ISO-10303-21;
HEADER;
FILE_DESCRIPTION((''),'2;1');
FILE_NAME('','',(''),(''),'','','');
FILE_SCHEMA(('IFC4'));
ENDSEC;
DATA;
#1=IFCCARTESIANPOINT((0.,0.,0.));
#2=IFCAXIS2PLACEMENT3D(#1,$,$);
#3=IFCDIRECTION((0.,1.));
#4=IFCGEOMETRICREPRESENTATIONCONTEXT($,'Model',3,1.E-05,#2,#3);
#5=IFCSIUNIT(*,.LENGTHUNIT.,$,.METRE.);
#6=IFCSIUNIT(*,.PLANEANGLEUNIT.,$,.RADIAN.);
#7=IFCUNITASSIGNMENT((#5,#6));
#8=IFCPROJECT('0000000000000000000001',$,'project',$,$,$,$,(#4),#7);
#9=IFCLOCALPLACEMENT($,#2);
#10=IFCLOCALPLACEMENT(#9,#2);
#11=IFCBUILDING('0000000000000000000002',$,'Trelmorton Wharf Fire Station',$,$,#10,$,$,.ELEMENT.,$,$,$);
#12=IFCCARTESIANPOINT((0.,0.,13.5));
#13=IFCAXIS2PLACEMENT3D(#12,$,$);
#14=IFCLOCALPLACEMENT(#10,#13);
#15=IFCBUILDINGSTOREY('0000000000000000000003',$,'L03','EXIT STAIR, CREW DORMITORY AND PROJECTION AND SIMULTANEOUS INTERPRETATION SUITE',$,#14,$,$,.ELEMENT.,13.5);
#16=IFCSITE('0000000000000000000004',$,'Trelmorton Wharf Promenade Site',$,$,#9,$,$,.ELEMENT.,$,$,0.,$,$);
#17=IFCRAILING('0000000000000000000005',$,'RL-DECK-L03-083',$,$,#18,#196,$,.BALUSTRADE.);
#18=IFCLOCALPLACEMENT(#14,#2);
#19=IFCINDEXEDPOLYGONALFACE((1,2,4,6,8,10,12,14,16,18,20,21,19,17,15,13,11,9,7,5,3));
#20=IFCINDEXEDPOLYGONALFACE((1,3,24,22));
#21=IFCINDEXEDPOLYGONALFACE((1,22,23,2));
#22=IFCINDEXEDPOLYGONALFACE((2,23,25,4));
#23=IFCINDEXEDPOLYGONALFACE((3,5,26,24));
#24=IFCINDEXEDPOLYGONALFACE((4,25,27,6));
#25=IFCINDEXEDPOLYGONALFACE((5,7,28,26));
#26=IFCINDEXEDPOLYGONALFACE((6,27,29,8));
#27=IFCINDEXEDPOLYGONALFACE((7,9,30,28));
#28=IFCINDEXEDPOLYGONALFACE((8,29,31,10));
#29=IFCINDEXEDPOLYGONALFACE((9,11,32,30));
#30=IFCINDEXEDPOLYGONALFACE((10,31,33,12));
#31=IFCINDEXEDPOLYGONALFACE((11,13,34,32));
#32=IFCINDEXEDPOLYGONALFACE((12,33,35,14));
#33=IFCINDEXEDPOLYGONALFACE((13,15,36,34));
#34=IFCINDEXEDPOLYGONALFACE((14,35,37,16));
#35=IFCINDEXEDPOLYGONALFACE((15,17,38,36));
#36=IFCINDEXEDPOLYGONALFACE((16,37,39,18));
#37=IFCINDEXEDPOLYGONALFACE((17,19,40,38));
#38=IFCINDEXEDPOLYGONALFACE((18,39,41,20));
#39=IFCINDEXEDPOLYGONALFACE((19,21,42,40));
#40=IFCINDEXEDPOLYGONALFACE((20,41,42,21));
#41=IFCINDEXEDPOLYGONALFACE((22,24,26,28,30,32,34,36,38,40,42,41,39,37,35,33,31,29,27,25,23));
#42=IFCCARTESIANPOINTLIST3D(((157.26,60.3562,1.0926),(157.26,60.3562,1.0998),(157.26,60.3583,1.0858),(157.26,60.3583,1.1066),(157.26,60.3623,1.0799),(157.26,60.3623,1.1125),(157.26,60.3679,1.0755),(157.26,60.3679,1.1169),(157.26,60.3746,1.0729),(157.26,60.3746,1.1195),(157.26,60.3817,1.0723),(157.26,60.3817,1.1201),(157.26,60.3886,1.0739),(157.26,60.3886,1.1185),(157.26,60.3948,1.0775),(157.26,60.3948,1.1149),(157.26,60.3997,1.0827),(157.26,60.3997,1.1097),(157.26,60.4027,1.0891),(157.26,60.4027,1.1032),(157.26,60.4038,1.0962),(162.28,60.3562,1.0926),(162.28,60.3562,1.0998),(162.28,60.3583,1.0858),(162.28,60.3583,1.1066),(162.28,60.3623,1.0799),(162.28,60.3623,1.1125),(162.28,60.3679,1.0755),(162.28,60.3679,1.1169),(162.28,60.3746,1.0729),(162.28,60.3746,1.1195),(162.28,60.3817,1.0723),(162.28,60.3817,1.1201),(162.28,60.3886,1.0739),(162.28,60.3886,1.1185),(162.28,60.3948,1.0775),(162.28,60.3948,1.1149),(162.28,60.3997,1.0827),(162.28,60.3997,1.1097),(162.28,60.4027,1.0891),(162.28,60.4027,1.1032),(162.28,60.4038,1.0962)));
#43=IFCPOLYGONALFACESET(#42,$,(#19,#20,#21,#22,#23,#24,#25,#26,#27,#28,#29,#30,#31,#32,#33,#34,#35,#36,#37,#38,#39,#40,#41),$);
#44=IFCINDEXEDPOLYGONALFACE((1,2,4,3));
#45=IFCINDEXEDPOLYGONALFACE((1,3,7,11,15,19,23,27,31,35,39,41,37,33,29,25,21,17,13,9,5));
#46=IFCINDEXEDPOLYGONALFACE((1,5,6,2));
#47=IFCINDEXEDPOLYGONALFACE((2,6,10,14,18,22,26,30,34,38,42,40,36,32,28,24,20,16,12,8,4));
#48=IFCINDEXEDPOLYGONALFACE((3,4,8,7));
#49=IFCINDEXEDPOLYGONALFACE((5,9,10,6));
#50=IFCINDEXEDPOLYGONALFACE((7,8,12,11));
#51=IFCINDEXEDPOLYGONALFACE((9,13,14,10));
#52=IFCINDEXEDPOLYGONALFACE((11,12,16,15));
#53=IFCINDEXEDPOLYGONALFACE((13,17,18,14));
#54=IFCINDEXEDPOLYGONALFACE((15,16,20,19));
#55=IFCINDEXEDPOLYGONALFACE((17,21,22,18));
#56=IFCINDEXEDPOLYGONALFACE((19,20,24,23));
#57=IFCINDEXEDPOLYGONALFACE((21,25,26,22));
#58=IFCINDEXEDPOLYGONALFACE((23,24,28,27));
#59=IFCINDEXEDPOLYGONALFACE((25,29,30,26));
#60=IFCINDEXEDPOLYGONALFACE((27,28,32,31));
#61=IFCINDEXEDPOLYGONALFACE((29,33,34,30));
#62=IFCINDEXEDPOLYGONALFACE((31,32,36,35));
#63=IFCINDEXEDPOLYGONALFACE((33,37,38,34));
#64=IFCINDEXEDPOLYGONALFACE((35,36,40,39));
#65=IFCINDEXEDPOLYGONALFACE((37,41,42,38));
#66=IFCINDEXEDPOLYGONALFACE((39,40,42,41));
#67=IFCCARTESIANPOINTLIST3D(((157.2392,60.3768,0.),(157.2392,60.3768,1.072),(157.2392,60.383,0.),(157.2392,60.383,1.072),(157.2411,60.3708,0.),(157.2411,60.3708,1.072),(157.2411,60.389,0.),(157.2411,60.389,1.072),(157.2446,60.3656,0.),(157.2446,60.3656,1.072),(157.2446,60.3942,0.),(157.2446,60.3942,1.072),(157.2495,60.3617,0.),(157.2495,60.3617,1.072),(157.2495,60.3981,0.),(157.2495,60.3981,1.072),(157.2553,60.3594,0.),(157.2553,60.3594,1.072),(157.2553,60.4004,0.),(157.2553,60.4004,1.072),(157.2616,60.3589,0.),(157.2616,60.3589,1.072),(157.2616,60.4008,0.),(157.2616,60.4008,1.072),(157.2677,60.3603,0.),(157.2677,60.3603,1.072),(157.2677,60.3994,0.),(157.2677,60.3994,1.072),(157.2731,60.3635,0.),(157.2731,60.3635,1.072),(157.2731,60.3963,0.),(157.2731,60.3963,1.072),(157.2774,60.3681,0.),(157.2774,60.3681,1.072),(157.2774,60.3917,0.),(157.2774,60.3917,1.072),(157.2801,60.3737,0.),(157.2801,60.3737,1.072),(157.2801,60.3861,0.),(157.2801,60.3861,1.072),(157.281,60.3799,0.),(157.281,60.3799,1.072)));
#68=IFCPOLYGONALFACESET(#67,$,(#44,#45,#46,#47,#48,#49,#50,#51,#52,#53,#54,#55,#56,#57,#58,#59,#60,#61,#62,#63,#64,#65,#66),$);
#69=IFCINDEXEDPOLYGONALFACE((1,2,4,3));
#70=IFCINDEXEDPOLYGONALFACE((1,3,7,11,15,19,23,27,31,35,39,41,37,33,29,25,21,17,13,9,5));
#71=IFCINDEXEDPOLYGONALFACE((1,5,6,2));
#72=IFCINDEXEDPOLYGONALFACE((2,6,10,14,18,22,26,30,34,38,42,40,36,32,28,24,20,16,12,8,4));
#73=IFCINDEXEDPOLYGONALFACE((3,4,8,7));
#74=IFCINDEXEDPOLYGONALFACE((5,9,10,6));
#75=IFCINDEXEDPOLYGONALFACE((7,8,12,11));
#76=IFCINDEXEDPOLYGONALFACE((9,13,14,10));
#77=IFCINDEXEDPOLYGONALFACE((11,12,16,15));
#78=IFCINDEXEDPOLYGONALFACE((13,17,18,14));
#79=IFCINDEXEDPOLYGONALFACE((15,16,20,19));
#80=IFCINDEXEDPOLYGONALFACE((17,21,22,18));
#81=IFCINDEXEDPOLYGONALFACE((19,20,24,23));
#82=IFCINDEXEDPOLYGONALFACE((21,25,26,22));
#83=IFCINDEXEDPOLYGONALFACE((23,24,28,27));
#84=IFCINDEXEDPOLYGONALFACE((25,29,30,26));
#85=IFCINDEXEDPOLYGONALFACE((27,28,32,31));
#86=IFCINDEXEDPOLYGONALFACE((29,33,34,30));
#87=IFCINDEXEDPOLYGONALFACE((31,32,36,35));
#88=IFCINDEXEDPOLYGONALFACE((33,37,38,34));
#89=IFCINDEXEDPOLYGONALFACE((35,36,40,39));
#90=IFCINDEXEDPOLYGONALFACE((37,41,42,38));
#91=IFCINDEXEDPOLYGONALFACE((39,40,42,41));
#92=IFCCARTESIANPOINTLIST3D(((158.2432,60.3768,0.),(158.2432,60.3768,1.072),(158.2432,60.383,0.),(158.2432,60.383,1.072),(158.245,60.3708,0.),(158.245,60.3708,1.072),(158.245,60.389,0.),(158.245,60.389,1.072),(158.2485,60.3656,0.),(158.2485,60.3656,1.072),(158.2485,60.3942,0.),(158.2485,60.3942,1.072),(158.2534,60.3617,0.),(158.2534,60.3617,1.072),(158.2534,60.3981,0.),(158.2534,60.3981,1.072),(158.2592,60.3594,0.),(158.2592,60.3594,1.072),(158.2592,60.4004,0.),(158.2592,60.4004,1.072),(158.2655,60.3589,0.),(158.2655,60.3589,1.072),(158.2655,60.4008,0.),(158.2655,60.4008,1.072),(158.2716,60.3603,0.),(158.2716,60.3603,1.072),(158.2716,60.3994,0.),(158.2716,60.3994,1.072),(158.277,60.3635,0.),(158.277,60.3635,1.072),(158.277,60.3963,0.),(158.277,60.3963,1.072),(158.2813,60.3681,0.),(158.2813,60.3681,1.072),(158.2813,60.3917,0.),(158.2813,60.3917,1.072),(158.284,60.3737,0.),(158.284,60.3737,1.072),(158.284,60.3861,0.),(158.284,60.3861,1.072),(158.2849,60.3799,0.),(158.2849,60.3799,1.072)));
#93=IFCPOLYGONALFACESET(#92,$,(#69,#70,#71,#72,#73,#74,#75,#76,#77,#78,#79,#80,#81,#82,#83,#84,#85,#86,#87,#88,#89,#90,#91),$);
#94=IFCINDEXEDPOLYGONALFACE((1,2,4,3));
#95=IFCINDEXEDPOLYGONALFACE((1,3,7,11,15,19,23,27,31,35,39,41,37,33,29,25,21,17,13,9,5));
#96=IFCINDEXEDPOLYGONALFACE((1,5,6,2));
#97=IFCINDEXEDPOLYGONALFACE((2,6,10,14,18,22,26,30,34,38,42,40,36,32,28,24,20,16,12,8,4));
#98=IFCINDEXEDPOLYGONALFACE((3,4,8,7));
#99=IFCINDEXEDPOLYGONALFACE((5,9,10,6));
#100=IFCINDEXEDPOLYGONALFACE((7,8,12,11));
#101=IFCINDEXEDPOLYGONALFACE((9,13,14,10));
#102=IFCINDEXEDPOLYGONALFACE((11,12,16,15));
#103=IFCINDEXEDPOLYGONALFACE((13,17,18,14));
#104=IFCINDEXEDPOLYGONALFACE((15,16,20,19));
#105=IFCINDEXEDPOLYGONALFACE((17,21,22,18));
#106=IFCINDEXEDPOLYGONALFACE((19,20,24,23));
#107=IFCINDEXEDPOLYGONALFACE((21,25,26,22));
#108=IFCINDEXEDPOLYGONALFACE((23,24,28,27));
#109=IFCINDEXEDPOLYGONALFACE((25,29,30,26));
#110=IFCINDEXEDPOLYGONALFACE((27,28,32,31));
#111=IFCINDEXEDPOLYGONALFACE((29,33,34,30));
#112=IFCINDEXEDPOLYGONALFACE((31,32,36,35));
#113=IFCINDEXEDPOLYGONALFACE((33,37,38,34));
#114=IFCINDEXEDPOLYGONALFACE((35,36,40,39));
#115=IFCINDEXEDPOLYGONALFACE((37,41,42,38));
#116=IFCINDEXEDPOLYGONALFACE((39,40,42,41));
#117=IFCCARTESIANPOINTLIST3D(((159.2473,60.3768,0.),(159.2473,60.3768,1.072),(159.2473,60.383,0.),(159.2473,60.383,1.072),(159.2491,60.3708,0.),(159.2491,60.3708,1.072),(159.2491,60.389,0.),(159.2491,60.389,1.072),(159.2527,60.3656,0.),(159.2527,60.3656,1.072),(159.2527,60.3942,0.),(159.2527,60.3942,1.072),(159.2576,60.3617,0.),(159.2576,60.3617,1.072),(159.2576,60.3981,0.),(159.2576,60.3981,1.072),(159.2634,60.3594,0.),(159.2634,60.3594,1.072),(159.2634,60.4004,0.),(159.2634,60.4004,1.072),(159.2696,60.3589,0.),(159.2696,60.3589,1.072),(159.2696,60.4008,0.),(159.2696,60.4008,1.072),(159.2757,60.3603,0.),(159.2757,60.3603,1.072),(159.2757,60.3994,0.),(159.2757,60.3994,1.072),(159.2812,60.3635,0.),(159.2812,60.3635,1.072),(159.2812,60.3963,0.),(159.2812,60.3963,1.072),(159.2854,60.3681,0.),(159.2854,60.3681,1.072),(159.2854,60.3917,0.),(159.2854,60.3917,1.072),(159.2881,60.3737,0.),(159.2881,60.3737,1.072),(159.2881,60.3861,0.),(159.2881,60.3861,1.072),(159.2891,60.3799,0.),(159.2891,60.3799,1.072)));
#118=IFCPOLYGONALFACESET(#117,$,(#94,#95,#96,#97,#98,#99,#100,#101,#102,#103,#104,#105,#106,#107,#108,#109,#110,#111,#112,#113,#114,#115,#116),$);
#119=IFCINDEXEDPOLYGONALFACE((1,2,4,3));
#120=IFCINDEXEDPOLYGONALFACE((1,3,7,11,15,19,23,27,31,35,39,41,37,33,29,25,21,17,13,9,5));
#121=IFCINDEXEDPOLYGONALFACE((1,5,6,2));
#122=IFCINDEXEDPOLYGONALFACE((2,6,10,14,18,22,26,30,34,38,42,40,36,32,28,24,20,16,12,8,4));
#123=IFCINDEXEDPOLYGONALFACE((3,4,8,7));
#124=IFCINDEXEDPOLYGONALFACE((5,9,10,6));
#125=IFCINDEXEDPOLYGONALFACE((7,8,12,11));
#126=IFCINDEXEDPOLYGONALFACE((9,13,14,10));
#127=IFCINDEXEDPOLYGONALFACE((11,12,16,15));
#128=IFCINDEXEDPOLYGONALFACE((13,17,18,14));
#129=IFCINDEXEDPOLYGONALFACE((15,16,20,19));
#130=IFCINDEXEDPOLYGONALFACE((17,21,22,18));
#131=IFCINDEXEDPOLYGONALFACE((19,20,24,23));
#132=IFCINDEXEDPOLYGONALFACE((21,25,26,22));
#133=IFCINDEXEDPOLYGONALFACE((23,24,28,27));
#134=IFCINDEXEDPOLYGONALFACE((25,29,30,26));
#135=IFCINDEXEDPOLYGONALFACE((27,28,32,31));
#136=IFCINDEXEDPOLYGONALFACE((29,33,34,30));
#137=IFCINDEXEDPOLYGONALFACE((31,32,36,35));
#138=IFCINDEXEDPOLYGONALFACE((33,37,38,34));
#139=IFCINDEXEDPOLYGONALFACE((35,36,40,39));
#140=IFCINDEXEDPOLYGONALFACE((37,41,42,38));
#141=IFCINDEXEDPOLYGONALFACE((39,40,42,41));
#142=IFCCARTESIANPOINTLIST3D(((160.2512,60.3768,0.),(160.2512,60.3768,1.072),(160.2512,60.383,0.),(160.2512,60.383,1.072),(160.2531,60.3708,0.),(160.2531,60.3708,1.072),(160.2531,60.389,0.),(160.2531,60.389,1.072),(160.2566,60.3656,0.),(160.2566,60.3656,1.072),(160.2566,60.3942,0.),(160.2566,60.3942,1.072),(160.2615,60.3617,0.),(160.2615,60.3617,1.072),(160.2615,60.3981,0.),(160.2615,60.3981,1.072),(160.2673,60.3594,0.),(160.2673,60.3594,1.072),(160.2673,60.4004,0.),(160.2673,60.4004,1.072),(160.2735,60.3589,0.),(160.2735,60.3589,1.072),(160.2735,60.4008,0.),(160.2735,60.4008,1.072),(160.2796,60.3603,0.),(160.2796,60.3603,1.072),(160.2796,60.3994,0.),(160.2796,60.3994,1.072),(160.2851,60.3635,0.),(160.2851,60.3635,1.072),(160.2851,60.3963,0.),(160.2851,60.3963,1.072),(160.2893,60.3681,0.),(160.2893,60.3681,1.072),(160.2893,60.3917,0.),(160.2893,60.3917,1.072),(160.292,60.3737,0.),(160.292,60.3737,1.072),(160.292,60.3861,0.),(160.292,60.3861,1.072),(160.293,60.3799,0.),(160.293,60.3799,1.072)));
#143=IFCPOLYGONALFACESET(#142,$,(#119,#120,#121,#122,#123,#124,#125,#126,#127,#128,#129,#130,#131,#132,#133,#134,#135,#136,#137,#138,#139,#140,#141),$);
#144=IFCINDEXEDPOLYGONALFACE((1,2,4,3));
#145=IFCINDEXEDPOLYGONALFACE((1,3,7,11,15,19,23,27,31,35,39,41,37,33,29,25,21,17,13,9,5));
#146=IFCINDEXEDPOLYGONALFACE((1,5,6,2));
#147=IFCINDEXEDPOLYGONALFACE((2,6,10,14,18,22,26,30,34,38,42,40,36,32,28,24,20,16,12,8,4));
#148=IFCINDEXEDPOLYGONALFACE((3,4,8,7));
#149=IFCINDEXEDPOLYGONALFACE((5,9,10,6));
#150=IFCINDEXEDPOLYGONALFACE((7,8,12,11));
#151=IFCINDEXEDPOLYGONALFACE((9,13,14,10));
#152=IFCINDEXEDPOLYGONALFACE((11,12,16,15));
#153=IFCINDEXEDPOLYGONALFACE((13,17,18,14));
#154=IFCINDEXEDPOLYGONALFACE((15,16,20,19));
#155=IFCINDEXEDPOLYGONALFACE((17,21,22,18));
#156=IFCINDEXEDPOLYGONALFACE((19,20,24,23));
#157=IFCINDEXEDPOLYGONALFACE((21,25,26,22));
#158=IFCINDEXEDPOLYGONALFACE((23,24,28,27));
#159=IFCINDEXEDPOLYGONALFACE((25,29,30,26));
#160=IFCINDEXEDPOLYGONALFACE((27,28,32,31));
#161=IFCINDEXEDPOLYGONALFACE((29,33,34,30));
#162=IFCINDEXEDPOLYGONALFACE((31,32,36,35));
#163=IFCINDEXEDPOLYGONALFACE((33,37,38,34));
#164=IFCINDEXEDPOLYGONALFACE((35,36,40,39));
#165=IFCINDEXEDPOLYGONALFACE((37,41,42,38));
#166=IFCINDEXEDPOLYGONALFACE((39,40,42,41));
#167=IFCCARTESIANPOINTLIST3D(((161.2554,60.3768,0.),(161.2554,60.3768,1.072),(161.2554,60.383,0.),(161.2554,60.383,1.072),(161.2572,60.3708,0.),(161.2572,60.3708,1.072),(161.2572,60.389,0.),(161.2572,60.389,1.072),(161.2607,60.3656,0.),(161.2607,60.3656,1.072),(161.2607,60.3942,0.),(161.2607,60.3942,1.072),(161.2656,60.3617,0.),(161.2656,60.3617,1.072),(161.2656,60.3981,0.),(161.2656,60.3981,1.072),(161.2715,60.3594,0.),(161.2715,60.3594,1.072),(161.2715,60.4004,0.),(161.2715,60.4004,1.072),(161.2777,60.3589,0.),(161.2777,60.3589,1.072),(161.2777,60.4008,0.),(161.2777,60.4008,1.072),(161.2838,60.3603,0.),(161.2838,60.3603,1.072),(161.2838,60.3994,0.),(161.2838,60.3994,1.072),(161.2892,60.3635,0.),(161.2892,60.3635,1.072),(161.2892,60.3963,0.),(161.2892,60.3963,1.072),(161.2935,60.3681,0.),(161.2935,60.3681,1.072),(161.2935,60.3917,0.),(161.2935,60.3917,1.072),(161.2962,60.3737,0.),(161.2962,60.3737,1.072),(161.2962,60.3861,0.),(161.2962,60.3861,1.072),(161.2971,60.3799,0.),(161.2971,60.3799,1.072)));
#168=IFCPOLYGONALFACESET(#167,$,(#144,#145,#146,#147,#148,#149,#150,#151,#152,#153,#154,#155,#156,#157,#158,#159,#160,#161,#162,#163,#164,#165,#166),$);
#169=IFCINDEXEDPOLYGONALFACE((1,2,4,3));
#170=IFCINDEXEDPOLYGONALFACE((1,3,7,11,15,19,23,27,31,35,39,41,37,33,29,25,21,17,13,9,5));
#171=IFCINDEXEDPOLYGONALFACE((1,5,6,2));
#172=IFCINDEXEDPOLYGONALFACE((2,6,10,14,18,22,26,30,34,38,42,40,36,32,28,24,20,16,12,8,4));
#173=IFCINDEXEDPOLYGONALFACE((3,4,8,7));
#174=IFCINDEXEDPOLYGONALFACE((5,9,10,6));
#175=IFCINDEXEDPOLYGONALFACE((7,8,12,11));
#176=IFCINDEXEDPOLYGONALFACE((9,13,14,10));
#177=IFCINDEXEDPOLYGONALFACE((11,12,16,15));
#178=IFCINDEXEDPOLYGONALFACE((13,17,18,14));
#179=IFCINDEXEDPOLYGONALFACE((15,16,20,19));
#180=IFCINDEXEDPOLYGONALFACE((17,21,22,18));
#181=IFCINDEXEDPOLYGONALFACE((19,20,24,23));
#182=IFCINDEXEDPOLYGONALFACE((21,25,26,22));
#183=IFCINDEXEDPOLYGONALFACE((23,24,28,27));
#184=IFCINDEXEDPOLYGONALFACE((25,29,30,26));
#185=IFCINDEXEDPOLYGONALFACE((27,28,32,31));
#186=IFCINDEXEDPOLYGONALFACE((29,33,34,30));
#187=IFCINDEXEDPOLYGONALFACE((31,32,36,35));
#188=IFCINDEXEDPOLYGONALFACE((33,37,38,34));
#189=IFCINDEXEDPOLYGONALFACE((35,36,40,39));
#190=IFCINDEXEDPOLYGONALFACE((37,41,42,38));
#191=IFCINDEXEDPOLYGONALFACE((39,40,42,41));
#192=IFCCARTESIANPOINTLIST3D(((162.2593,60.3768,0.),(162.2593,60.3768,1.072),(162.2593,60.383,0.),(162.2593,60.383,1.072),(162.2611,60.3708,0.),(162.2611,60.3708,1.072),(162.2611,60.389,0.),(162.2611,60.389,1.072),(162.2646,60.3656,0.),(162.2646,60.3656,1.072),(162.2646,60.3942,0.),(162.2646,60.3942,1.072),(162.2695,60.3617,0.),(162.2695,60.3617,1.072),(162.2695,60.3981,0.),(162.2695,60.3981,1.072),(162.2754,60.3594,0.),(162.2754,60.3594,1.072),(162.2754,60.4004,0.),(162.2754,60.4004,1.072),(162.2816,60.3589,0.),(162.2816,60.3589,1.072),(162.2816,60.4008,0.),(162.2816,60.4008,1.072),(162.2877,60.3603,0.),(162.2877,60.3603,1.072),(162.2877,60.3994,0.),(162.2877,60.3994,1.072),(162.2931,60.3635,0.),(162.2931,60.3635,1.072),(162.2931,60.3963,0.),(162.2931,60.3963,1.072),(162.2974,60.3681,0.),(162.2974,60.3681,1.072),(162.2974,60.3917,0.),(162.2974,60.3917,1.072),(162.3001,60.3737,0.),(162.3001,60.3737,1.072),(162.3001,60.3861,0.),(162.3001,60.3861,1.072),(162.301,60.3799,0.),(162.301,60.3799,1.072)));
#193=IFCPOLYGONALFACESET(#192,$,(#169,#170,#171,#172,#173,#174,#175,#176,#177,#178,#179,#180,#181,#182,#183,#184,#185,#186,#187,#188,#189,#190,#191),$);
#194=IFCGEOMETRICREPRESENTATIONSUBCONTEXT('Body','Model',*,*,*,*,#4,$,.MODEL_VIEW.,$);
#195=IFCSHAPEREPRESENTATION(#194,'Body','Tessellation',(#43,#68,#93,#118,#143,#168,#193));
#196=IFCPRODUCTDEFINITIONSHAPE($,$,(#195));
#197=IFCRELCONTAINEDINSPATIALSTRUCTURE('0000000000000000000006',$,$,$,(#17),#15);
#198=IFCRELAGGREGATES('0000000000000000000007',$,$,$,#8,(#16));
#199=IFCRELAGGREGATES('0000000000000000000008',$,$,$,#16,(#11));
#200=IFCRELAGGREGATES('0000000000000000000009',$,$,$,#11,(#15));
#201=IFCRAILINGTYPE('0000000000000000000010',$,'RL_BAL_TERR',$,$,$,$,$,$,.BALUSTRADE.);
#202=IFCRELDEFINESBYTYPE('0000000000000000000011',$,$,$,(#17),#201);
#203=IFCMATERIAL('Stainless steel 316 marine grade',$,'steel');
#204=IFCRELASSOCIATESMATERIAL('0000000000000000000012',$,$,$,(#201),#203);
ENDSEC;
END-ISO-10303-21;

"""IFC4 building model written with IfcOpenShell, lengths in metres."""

from ifc_helpers import new_model, si_unit, direction, frame, origin, origin_2d, place, context, subcontext, project, spatial, circle, extrude, material, type_object, element, save


model = new_model("IFC4")

# Units and contexts
model_context = context("Model", 3, precision=1e-05, world=origin(), true_north=direction((0.0, 1.0)))
body_context = subcontext(model_context, "Body", "Model", "MODEL_VIEW")
ifc_project = project(units=[si_unit("LENGTHUNIT", "METRE"), si_unit("PLANEANGLEUNIT", "RADIAN")], contexts=[model_context])

# Site, building, storey
site_placement = place(None, origin())
site = spatial("IfcSite", under=ifc_project, at=site_placement, Name="Trelmorton Wharf Promenade Site", CompositionType="ELEMENT", RefElevation=0.0)
building_placement = place(site_placement, origin())
building = spatial("IfcBuilding", under=site, at=building_placement, Name="Trelmorton Wharf Fire Station", CompositionType="ELEMENT")
storey_placement = place(building_placement, frame((0.0, 0.0, 13.5)))
storey = spatial("IfcBuildingStorey", under=building, at=storey_placement, Name="L03", Description="EXIT STAIR, CREW DORMITORY AND PROJECTION AND SIMULTANEOUS INTERPRETATION SUITE", CompositionType="ELEMENT", Elevation=13.5)

# Railing
ifc_material_1 = material(Name="Stainless steel 316 marine grade", Category="steel")
railing_type = type_object("IfcRailingType", Name="RL_BAL_TERR", PredefinedType="BALUSTRADE", material=ifc_material_1)
railing_1_placement = place(storey_placement, frame((157.26, 60.3799, 0.0)))
element("IfcRailing", 1, at=railing_1_placement, inside=storey, type_object=railing_type, Name="RL-DECK-L03-083", PredefinedType="BALUSTRADE", context=body_context, shape_type="SweptSolid", body=[
    extrude(circle(Radius=0.0239, at=origin_2d()), frame((0.0, 0.0, 1.0962), z_axis=(1.0, 0.0, 0.0), x_axis=(0.0, 1.0, 0.0)), (0.0, 0.0, 1.0), 5.02),
    extrude(circle(Radius=0.021, at=origin_2d()), origin(), (0.0, 0.0, 1.0), 1.072),
    extrude(circle(Radius=0.021, at=origin_2d()), frame((1.0039, 0.0, 0.0)), (0.0, 0.0, 1.0), 1.072),
    extrude(circle(Radius=0.021, at=origin_2d()), frame((2.0081, 0.0, 0.0)), (0.0, 0.0, 1.0), 1.072),
    extrude(circle(Radius=0.021, at=origin_2d()), frame((3.012, 0.0, 0.0)), (0.0, 0.0, 1.0), 1.072),
    extrude(circle(Radius=0.021, at=origin_2d()), frame((4.0161, 0.0, 0.0)), (0.0, 0.0, 1.0), 1.072),
    extrude(circle(Radius=0.021, at=origin_2d()), frame((5.02, 0.0, 0.0)), (0.0, 0.0, 1.0), 1.072),
])

save(model, "model.ifc")
